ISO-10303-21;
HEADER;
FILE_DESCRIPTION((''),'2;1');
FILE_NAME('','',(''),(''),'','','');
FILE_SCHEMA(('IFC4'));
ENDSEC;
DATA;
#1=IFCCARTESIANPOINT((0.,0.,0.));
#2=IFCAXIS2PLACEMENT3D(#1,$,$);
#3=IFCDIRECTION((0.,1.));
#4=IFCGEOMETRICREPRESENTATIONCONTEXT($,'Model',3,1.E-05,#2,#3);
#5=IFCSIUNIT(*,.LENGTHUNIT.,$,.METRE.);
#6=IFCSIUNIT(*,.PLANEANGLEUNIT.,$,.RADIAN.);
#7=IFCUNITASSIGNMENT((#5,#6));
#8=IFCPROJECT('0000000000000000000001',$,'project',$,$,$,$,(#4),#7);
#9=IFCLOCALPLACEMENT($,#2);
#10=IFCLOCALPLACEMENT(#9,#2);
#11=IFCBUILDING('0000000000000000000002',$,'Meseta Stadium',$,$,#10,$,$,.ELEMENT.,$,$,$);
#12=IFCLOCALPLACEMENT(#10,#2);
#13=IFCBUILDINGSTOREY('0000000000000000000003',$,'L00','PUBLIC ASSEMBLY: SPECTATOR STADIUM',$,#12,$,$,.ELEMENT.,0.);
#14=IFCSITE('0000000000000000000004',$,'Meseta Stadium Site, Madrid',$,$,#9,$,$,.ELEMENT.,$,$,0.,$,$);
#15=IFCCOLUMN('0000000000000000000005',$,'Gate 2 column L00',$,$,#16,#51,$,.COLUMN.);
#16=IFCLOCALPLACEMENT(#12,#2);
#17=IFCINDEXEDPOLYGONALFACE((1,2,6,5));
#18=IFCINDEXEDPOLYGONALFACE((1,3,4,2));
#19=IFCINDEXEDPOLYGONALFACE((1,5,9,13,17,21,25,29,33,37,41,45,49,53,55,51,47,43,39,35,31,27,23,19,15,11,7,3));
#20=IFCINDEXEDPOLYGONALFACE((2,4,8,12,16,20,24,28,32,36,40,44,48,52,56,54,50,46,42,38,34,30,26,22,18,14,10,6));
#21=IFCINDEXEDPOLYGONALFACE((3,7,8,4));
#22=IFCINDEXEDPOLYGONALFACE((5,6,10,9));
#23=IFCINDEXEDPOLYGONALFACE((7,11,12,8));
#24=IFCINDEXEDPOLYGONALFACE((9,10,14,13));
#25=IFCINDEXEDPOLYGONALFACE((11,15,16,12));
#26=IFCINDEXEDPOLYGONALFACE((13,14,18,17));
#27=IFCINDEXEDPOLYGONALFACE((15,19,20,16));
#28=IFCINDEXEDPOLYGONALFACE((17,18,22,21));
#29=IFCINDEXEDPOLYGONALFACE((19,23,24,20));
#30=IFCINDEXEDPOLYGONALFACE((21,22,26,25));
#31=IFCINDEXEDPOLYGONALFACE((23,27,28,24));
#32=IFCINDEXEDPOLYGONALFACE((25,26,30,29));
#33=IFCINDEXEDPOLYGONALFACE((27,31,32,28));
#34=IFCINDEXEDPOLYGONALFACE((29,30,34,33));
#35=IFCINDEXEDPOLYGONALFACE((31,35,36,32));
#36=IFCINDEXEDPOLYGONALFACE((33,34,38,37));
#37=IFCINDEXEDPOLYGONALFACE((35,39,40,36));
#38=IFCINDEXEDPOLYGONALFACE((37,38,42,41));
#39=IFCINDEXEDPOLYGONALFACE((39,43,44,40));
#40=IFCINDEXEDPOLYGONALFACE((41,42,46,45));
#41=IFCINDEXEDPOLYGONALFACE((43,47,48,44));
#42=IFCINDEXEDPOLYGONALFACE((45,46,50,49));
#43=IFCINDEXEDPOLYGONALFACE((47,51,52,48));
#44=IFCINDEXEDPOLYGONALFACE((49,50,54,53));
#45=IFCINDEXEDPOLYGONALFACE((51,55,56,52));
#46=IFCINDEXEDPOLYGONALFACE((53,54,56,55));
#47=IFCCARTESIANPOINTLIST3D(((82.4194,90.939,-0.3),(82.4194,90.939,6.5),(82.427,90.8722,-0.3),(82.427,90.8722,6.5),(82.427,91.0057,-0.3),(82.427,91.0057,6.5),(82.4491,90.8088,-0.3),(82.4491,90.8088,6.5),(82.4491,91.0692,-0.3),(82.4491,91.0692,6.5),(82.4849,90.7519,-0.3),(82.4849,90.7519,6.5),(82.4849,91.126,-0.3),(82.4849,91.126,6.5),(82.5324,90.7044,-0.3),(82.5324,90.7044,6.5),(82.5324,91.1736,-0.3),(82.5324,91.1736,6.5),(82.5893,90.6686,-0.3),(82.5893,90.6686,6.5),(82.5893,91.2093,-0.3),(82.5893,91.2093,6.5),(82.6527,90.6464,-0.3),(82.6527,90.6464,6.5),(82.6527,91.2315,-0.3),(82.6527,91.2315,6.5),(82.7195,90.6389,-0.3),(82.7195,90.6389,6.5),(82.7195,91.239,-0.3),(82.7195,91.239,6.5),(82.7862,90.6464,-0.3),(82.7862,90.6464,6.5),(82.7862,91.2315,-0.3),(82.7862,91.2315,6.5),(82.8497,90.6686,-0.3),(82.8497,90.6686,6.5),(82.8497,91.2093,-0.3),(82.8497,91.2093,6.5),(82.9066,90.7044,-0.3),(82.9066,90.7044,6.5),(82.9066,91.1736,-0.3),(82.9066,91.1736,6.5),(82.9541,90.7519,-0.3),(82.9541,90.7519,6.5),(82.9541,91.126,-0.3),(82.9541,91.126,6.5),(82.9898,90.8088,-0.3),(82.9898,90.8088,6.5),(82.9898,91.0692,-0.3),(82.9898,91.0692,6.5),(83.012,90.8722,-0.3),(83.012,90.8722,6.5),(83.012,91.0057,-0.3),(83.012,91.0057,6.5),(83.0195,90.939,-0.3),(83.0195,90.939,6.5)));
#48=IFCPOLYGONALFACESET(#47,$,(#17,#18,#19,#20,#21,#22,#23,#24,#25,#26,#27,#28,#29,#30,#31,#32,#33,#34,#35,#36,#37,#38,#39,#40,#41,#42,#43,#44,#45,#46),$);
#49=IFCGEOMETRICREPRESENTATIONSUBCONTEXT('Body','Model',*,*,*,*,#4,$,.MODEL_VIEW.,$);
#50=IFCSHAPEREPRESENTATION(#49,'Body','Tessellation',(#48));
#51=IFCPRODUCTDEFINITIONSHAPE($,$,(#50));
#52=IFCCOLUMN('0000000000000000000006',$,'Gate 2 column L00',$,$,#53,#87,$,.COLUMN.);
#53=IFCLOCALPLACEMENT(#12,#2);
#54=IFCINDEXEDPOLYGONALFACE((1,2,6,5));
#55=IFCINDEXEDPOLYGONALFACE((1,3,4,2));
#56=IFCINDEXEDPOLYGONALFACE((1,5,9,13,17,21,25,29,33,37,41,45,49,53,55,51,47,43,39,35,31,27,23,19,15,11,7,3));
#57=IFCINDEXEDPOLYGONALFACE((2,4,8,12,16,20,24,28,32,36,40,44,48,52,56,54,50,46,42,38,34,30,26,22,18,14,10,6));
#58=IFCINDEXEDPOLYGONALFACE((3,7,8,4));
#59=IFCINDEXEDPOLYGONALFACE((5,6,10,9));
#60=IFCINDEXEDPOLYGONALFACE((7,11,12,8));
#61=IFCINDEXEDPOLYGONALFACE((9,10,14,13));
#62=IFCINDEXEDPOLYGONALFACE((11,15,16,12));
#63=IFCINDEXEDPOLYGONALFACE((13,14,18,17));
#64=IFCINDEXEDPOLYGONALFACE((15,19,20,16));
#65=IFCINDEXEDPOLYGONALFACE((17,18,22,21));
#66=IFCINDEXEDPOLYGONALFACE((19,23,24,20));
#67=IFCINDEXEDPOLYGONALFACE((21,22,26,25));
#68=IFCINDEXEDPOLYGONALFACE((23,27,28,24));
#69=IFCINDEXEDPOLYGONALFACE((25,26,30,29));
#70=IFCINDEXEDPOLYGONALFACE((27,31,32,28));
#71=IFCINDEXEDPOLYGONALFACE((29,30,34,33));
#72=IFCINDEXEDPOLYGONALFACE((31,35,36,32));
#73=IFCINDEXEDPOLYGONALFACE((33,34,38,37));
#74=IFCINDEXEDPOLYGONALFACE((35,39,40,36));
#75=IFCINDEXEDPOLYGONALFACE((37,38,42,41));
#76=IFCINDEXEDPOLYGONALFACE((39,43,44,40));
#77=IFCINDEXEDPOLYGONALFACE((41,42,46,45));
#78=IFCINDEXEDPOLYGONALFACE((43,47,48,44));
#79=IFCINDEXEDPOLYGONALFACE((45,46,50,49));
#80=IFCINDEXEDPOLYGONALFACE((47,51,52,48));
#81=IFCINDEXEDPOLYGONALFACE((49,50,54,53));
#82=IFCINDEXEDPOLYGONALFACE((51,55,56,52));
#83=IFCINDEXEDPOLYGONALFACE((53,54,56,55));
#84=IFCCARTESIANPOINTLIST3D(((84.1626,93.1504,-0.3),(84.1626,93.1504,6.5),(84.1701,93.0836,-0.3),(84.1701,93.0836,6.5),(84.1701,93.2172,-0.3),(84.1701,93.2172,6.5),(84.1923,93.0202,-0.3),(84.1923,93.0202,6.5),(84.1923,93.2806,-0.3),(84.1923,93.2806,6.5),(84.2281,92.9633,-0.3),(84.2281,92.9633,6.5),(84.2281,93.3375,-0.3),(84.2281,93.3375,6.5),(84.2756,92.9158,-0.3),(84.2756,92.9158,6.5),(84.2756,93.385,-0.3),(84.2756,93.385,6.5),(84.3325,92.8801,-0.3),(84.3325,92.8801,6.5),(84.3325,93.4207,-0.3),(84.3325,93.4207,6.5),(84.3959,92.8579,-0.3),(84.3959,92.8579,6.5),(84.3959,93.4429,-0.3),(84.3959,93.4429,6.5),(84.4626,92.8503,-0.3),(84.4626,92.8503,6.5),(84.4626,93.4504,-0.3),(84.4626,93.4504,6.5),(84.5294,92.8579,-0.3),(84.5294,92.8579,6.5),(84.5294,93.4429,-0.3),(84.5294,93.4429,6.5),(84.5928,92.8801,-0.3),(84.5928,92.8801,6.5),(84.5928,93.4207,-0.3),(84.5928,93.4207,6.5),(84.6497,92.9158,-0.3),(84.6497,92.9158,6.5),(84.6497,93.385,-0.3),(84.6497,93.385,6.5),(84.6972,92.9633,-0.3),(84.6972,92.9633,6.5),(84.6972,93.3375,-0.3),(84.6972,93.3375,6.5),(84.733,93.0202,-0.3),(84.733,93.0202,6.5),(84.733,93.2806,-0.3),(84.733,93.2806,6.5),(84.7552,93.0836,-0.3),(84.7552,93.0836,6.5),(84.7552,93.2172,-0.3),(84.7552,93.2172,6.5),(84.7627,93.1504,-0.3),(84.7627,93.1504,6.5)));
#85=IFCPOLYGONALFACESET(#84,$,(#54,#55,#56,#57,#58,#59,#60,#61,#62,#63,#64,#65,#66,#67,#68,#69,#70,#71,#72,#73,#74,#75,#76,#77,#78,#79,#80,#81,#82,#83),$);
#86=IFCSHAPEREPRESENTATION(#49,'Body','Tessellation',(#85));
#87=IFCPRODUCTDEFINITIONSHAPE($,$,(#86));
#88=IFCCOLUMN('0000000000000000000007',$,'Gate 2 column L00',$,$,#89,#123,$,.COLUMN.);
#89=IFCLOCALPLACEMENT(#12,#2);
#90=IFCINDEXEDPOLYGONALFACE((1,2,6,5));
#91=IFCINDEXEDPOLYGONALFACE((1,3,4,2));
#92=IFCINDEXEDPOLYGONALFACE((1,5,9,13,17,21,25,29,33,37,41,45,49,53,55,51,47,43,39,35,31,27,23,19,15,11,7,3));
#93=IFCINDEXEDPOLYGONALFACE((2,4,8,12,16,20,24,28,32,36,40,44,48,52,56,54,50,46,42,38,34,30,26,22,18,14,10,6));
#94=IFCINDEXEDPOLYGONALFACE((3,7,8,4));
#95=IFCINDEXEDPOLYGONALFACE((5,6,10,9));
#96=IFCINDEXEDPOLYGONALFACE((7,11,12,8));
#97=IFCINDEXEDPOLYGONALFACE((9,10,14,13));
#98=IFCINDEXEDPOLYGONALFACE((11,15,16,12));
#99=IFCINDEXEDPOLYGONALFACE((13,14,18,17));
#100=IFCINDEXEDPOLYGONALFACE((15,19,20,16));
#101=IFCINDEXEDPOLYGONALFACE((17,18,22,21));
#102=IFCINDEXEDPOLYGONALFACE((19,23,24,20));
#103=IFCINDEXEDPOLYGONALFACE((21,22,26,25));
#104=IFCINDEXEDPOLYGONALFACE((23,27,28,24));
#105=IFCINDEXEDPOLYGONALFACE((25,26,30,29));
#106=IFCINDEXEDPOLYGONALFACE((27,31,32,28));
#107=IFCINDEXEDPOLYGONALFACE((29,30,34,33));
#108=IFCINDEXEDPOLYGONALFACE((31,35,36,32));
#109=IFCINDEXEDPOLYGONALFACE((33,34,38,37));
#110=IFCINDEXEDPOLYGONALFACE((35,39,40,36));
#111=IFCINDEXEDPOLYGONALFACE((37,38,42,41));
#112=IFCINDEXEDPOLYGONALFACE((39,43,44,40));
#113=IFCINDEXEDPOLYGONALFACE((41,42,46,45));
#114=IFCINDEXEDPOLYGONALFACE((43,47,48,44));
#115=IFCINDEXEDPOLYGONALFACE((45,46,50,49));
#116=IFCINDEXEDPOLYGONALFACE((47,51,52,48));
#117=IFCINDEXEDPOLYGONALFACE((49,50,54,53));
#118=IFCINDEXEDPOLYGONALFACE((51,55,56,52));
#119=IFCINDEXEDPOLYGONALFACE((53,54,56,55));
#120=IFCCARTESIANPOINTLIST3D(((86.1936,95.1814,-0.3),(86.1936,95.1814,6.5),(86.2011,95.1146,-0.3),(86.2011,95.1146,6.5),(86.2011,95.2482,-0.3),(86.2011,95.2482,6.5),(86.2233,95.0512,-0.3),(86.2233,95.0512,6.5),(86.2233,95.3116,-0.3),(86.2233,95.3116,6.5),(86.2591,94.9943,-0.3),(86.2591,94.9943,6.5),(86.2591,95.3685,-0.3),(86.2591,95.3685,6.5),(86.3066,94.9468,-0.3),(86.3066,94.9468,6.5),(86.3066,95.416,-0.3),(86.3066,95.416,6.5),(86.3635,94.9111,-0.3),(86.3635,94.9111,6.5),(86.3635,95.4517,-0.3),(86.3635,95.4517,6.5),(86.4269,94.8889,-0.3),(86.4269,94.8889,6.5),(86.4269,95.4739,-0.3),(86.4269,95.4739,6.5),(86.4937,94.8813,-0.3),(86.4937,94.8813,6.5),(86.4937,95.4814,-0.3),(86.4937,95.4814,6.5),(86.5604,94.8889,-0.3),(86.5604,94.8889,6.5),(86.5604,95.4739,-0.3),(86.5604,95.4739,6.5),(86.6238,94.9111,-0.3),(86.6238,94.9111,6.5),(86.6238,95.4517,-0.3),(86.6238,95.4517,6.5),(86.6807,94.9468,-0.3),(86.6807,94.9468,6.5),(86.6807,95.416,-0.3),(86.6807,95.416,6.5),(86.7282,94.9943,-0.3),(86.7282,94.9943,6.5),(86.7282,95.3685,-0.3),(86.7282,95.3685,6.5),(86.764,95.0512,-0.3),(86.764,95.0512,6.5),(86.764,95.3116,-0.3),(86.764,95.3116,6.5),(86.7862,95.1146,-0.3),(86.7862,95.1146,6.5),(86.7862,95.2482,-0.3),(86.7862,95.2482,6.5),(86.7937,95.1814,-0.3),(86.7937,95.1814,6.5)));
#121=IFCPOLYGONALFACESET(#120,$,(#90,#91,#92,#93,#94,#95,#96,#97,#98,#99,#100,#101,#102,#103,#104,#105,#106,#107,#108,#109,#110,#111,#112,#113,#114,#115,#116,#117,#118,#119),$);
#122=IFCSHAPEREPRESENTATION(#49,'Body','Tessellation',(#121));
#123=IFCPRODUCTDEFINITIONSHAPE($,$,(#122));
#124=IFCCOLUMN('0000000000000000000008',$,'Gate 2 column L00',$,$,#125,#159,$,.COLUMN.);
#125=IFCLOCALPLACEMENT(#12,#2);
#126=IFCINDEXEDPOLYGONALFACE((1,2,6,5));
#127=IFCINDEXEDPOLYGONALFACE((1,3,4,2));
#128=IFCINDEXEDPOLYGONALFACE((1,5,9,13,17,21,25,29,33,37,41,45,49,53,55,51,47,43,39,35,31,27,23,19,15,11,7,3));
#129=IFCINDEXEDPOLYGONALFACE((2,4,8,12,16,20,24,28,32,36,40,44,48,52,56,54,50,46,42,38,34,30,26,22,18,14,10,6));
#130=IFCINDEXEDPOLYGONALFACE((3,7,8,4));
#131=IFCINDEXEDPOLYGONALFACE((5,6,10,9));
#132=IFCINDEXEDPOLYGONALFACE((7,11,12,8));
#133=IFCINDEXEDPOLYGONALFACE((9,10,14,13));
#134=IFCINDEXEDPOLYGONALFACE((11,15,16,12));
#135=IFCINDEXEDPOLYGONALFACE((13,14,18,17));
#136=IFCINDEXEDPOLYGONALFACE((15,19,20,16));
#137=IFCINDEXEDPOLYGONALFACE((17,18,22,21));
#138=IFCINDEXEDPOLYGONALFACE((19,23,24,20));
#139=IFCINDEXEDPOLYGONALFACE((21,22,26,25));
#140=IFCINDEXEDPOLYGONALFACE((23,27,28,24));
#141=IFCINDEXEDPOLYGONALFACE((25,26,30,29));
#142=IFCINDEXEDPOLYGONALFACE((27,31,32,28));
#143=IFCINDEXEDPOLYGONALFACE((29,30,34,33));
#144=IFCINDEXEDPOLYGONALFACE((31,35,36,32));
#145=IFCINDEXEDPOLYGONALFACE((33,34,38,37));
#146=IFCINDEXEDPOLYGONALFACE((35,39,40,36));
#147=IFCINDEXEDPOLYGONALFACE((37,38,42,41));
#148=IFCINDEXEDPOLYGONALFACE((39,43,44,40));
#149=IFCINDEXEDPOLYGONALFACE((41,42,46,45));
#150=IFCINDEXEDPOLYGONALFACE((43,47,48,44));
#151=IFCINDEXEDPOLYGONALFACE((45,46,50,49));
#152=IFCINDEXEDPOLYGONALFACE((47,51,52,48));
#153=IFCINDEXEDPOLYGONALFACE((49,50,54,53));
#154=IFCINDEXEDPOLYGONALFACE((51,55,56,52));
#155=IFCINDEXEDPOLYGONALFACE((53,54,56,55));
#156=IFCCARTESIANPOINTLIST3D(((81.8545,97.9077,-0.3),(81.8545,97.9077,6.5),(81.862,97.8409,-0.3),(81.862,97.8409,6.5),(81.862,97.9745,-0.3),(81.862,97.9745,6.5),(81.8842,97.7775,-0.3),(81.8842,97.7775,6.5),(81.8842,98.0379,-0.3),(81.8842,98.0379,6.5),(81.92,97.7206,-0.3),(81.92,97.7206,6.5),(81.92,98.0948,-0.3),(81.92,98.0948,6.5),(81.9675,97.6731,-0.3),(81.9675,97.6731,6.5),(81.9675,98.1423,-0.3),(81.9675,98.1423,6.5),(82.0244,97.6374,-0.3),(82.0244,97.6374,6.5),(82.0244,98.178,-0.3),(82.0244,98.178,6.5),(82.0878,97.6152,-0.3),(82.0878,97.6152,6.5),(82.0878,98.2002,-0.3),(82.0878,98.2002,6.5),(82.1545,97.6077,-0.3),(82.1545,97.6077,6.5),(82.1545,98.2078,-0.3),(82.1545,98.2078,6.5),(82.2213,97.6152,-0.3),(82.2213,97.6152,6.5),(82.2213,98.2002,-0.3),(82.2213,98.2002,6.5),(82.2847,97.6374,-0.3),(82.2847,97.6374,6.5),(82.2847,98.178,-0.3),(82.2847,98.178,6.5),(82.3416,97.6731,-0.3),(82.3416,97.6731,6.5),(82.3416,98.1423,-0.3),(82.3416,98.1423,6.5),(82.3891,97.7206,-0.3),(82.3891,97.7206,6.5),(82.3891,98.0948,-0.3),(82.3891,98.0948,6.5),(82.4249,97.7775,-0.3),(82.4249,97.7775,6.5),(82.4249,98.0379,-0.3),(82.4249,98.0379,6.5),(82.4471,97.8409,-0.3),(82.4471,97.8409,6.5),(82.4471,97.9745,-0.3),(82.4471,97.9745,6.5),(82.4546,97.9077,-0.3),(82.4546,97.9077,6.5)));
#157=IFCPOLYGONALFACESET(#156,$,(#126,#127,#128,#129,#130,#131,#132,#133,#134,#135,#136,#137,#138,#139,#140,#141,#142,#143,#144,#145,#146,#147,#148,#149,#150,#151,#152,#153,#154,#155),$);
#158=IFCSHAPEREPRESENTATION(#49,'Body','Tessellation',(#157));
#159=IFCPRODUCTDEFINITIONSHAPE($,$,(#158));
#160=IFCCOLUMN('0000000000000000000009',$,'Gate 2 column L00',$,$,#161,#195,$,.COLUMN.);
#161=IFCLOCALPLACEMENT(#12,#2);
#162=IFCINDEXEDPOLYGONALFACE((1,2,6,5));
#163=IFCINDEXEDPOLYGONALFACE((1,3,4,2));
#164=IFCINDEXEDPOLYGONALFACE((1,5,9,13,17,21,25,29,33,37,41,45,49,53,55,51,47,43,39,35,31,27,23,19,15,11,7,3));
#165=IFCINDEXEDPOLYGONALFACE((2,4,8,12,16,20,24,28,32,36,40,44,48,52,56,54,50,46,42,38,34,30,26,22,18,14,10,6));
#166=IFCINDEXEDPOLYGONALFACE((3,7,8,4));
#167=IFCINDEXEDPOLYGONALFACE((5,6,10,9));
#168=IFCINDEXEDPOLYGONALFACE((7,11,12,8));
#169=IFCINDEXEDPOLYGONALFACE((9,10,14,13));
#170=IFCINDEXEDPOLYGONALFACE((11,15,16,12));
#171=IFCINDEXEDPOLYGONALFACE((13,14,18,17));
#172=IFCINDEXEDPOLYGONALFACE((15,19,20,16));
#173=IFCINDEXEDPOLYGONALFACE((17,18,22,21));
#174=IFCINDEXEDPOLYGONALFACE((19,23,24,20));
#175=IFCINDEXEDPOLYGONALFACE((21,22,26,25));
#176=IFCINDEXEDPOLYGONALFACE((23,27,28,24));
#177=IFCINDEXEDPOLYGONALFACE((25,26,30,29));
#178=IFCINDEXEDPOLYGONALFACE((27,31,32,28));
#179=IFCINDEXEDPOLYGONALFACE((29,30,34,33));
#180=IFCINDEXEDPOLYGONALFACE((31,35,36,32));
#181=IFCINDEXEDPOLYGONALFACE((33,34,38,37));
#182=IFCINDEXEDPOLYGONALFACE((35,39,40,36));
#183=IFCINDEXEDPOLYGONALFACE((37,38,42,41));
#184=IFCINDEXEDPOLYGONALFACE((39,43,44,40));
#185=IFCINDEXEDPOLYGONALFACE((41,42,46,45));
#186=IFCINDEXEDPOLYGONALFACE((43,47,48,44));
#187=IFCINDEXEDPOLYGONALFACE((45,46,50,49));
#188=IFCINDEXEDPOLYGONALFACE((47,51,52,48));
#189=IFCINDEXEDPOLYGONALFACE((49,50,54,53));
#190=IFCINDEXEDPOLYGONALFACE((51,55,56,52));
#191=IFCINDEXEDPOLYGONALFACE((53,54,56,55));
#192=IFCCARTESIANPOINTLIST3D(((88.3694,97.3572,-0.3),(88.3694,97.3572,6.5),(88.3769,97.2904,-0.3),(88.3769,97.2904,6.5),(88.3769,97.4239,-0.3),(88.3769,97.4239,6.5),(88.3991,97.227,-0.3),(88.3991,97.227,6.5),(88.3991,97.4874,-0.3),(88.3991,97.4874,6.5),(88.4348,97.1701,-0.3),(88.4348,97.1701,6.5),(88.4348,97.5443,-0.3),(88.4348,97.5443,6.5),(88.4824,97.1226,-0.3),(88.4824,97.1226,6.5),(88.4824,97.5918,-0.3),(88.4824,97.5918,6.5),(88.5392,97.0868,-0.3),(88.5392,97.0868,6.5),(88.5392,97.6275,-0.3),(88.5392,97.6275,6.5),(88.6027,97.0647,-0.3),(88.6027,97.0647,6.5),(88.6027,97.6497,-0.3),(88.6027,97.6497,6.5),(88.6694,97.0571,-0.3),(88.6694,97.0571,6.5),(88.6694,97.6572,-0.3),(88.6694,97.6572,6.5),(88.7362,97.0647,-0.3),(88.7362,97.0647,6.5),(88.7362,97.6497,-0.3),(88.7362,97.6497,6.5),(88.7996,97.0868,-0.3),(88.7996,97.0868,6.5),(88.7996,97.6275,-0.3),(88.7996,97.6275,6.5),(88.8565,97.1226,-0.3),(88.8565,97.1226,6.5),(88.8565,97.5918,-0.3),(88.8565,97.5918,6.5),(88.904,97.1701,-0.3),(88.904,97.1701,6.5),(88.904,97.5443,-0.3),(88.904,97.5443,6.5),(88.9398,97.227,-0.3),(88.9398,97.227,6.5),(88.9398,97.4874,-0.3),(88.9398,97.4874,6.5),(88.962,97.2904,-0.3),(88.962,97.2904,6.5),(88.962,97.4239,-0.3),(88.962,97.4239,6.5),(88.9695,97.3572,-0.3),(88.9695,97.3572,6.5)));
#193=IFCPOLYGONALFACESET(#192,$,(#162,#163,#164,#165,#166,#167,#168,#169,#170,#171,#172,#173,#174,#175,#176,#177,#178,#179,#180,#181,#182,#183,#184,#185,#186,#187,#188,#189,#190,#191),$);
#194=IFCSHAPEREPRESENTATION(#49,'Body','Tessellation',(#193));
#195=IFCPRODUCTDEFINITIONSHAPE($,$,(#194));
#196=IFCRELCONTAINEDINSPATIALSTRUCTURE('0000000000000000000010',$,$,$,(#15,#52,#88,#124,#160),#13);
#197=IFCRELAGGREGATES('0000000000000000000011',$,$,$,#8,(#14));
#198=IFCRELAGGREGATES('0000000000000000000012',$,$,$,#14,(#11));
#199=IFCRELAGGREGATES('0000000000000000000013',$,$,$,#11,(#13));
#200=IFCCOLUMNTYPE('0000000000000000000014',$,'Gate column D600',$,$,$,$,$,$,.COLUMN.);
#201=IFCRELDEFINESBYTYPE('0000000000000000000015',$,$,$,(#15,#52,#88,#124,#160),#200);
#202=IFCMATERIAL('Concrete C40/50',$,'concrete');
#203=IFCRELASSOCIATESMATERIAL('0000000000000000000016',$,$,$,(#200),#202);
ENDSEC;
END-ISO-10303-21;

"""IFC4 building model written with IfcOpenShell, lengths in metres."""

from ifc_helpers import new_model, si_unit, direction, frame, origin, origin_2d, place, context, subcontext, project, spatial, circle, extrude, material, material_profile, profile_set, type_object, element, save


model = new_model("IFC4")

# Units and contexts
model_context = context("Model", 3, precision=1e-05, world=origin(), true_north=direction((0.0, 1.0)))
body_context = subcontext(model_context, "Body", "Model", "MODEL_VIEW")
ifc_project = project(units=[si_unit("LENGTHUNIT", "METRE"), si_unit("PLANEANGLEUNIT", "RADIAN")], contexts=[model_context])

# Site, building, storey
site_placement = place(None, origin())
site = spatial("IfcSite", under=ifc_project, at=site_placement, Name="Meseta Stadium Site, Madrid", CompositionType="ELEMENT", RefElevation=0.0)
building_placement = place(site_placement, origin())
building = spatial("IfcBuilding", under=site, at=building_placement, Name="Meseta Stadium", CompositionType="ELEMENT")
storey_placement = place(building_placement, origin())
storey = spatial("IfcBuildingStorey", under=building, at=storey_placement, Name="L00", Description="PUBLIC ASSEMBLY: SPECTATOR STADIUM", CompositionType="ELEMENT", Elevation=0.0)

# Columns
ifc_material_1 = material(Name="Concrete C40/50", Category="concrete")
ifc_material_profile_1 = material_profile(ifc_material_1, circle(Radius=0.3, at=origin_2d()), Name="RC D600")
ifc_profile_set_1 = profile_set([ifc_material_profile_1], Name="Concrete C40/50")
column_type_1 = type_object("IfcColumnType", Name="Gate column D600", PredefinedType="COLUMN", material=ifc_profile_set_1)
for number, where, z_axis, x_axis, name in (
    (1, (82.7195, 90.939, -0.3), (0.0, 0.0, 1.0), (1.0, 0.0, 0.0), "Gate 2 column L00"),
    (2, (84.4626, 93.1504, -0.3), (0.0, 0.0, 1.0), (1.0, 0.0, 0.0), "Gate 2 column L00"),
    (3, (86.4937, 95.1814, -0.3), (0.0, 0.0, 1.0), (1.0, 0.0, 0.0), "Gate 2 column L00"),
    (4, (82.1545, 97.9077, -0.3), (0.0, 0.0, 1.0), (1.0, 0.0, 0.0), "Gate 2 column L00"),
    (5, (88.6694, 97.3572, -0.3), (0.0, 0.0, 1.0), (1.0, 0.0, 0.0), "Gate 2 column L00"),
):
    element("IfcColumn", number, at=place(storey_placement, frame(where, z_axis=z_axis, x_axis=x_axis)), inside=storey, type_object=column_type_1, Name=name, PredefinedType="COLUMN", context=body_context, shape_type="SweptSolid", body=[
        extrude(circle(Radius=0.3, at=origin_2d()), origin(), (0.0, 0.0, 1.0), 6.8),
    ])

save(model, "model.ifc")
